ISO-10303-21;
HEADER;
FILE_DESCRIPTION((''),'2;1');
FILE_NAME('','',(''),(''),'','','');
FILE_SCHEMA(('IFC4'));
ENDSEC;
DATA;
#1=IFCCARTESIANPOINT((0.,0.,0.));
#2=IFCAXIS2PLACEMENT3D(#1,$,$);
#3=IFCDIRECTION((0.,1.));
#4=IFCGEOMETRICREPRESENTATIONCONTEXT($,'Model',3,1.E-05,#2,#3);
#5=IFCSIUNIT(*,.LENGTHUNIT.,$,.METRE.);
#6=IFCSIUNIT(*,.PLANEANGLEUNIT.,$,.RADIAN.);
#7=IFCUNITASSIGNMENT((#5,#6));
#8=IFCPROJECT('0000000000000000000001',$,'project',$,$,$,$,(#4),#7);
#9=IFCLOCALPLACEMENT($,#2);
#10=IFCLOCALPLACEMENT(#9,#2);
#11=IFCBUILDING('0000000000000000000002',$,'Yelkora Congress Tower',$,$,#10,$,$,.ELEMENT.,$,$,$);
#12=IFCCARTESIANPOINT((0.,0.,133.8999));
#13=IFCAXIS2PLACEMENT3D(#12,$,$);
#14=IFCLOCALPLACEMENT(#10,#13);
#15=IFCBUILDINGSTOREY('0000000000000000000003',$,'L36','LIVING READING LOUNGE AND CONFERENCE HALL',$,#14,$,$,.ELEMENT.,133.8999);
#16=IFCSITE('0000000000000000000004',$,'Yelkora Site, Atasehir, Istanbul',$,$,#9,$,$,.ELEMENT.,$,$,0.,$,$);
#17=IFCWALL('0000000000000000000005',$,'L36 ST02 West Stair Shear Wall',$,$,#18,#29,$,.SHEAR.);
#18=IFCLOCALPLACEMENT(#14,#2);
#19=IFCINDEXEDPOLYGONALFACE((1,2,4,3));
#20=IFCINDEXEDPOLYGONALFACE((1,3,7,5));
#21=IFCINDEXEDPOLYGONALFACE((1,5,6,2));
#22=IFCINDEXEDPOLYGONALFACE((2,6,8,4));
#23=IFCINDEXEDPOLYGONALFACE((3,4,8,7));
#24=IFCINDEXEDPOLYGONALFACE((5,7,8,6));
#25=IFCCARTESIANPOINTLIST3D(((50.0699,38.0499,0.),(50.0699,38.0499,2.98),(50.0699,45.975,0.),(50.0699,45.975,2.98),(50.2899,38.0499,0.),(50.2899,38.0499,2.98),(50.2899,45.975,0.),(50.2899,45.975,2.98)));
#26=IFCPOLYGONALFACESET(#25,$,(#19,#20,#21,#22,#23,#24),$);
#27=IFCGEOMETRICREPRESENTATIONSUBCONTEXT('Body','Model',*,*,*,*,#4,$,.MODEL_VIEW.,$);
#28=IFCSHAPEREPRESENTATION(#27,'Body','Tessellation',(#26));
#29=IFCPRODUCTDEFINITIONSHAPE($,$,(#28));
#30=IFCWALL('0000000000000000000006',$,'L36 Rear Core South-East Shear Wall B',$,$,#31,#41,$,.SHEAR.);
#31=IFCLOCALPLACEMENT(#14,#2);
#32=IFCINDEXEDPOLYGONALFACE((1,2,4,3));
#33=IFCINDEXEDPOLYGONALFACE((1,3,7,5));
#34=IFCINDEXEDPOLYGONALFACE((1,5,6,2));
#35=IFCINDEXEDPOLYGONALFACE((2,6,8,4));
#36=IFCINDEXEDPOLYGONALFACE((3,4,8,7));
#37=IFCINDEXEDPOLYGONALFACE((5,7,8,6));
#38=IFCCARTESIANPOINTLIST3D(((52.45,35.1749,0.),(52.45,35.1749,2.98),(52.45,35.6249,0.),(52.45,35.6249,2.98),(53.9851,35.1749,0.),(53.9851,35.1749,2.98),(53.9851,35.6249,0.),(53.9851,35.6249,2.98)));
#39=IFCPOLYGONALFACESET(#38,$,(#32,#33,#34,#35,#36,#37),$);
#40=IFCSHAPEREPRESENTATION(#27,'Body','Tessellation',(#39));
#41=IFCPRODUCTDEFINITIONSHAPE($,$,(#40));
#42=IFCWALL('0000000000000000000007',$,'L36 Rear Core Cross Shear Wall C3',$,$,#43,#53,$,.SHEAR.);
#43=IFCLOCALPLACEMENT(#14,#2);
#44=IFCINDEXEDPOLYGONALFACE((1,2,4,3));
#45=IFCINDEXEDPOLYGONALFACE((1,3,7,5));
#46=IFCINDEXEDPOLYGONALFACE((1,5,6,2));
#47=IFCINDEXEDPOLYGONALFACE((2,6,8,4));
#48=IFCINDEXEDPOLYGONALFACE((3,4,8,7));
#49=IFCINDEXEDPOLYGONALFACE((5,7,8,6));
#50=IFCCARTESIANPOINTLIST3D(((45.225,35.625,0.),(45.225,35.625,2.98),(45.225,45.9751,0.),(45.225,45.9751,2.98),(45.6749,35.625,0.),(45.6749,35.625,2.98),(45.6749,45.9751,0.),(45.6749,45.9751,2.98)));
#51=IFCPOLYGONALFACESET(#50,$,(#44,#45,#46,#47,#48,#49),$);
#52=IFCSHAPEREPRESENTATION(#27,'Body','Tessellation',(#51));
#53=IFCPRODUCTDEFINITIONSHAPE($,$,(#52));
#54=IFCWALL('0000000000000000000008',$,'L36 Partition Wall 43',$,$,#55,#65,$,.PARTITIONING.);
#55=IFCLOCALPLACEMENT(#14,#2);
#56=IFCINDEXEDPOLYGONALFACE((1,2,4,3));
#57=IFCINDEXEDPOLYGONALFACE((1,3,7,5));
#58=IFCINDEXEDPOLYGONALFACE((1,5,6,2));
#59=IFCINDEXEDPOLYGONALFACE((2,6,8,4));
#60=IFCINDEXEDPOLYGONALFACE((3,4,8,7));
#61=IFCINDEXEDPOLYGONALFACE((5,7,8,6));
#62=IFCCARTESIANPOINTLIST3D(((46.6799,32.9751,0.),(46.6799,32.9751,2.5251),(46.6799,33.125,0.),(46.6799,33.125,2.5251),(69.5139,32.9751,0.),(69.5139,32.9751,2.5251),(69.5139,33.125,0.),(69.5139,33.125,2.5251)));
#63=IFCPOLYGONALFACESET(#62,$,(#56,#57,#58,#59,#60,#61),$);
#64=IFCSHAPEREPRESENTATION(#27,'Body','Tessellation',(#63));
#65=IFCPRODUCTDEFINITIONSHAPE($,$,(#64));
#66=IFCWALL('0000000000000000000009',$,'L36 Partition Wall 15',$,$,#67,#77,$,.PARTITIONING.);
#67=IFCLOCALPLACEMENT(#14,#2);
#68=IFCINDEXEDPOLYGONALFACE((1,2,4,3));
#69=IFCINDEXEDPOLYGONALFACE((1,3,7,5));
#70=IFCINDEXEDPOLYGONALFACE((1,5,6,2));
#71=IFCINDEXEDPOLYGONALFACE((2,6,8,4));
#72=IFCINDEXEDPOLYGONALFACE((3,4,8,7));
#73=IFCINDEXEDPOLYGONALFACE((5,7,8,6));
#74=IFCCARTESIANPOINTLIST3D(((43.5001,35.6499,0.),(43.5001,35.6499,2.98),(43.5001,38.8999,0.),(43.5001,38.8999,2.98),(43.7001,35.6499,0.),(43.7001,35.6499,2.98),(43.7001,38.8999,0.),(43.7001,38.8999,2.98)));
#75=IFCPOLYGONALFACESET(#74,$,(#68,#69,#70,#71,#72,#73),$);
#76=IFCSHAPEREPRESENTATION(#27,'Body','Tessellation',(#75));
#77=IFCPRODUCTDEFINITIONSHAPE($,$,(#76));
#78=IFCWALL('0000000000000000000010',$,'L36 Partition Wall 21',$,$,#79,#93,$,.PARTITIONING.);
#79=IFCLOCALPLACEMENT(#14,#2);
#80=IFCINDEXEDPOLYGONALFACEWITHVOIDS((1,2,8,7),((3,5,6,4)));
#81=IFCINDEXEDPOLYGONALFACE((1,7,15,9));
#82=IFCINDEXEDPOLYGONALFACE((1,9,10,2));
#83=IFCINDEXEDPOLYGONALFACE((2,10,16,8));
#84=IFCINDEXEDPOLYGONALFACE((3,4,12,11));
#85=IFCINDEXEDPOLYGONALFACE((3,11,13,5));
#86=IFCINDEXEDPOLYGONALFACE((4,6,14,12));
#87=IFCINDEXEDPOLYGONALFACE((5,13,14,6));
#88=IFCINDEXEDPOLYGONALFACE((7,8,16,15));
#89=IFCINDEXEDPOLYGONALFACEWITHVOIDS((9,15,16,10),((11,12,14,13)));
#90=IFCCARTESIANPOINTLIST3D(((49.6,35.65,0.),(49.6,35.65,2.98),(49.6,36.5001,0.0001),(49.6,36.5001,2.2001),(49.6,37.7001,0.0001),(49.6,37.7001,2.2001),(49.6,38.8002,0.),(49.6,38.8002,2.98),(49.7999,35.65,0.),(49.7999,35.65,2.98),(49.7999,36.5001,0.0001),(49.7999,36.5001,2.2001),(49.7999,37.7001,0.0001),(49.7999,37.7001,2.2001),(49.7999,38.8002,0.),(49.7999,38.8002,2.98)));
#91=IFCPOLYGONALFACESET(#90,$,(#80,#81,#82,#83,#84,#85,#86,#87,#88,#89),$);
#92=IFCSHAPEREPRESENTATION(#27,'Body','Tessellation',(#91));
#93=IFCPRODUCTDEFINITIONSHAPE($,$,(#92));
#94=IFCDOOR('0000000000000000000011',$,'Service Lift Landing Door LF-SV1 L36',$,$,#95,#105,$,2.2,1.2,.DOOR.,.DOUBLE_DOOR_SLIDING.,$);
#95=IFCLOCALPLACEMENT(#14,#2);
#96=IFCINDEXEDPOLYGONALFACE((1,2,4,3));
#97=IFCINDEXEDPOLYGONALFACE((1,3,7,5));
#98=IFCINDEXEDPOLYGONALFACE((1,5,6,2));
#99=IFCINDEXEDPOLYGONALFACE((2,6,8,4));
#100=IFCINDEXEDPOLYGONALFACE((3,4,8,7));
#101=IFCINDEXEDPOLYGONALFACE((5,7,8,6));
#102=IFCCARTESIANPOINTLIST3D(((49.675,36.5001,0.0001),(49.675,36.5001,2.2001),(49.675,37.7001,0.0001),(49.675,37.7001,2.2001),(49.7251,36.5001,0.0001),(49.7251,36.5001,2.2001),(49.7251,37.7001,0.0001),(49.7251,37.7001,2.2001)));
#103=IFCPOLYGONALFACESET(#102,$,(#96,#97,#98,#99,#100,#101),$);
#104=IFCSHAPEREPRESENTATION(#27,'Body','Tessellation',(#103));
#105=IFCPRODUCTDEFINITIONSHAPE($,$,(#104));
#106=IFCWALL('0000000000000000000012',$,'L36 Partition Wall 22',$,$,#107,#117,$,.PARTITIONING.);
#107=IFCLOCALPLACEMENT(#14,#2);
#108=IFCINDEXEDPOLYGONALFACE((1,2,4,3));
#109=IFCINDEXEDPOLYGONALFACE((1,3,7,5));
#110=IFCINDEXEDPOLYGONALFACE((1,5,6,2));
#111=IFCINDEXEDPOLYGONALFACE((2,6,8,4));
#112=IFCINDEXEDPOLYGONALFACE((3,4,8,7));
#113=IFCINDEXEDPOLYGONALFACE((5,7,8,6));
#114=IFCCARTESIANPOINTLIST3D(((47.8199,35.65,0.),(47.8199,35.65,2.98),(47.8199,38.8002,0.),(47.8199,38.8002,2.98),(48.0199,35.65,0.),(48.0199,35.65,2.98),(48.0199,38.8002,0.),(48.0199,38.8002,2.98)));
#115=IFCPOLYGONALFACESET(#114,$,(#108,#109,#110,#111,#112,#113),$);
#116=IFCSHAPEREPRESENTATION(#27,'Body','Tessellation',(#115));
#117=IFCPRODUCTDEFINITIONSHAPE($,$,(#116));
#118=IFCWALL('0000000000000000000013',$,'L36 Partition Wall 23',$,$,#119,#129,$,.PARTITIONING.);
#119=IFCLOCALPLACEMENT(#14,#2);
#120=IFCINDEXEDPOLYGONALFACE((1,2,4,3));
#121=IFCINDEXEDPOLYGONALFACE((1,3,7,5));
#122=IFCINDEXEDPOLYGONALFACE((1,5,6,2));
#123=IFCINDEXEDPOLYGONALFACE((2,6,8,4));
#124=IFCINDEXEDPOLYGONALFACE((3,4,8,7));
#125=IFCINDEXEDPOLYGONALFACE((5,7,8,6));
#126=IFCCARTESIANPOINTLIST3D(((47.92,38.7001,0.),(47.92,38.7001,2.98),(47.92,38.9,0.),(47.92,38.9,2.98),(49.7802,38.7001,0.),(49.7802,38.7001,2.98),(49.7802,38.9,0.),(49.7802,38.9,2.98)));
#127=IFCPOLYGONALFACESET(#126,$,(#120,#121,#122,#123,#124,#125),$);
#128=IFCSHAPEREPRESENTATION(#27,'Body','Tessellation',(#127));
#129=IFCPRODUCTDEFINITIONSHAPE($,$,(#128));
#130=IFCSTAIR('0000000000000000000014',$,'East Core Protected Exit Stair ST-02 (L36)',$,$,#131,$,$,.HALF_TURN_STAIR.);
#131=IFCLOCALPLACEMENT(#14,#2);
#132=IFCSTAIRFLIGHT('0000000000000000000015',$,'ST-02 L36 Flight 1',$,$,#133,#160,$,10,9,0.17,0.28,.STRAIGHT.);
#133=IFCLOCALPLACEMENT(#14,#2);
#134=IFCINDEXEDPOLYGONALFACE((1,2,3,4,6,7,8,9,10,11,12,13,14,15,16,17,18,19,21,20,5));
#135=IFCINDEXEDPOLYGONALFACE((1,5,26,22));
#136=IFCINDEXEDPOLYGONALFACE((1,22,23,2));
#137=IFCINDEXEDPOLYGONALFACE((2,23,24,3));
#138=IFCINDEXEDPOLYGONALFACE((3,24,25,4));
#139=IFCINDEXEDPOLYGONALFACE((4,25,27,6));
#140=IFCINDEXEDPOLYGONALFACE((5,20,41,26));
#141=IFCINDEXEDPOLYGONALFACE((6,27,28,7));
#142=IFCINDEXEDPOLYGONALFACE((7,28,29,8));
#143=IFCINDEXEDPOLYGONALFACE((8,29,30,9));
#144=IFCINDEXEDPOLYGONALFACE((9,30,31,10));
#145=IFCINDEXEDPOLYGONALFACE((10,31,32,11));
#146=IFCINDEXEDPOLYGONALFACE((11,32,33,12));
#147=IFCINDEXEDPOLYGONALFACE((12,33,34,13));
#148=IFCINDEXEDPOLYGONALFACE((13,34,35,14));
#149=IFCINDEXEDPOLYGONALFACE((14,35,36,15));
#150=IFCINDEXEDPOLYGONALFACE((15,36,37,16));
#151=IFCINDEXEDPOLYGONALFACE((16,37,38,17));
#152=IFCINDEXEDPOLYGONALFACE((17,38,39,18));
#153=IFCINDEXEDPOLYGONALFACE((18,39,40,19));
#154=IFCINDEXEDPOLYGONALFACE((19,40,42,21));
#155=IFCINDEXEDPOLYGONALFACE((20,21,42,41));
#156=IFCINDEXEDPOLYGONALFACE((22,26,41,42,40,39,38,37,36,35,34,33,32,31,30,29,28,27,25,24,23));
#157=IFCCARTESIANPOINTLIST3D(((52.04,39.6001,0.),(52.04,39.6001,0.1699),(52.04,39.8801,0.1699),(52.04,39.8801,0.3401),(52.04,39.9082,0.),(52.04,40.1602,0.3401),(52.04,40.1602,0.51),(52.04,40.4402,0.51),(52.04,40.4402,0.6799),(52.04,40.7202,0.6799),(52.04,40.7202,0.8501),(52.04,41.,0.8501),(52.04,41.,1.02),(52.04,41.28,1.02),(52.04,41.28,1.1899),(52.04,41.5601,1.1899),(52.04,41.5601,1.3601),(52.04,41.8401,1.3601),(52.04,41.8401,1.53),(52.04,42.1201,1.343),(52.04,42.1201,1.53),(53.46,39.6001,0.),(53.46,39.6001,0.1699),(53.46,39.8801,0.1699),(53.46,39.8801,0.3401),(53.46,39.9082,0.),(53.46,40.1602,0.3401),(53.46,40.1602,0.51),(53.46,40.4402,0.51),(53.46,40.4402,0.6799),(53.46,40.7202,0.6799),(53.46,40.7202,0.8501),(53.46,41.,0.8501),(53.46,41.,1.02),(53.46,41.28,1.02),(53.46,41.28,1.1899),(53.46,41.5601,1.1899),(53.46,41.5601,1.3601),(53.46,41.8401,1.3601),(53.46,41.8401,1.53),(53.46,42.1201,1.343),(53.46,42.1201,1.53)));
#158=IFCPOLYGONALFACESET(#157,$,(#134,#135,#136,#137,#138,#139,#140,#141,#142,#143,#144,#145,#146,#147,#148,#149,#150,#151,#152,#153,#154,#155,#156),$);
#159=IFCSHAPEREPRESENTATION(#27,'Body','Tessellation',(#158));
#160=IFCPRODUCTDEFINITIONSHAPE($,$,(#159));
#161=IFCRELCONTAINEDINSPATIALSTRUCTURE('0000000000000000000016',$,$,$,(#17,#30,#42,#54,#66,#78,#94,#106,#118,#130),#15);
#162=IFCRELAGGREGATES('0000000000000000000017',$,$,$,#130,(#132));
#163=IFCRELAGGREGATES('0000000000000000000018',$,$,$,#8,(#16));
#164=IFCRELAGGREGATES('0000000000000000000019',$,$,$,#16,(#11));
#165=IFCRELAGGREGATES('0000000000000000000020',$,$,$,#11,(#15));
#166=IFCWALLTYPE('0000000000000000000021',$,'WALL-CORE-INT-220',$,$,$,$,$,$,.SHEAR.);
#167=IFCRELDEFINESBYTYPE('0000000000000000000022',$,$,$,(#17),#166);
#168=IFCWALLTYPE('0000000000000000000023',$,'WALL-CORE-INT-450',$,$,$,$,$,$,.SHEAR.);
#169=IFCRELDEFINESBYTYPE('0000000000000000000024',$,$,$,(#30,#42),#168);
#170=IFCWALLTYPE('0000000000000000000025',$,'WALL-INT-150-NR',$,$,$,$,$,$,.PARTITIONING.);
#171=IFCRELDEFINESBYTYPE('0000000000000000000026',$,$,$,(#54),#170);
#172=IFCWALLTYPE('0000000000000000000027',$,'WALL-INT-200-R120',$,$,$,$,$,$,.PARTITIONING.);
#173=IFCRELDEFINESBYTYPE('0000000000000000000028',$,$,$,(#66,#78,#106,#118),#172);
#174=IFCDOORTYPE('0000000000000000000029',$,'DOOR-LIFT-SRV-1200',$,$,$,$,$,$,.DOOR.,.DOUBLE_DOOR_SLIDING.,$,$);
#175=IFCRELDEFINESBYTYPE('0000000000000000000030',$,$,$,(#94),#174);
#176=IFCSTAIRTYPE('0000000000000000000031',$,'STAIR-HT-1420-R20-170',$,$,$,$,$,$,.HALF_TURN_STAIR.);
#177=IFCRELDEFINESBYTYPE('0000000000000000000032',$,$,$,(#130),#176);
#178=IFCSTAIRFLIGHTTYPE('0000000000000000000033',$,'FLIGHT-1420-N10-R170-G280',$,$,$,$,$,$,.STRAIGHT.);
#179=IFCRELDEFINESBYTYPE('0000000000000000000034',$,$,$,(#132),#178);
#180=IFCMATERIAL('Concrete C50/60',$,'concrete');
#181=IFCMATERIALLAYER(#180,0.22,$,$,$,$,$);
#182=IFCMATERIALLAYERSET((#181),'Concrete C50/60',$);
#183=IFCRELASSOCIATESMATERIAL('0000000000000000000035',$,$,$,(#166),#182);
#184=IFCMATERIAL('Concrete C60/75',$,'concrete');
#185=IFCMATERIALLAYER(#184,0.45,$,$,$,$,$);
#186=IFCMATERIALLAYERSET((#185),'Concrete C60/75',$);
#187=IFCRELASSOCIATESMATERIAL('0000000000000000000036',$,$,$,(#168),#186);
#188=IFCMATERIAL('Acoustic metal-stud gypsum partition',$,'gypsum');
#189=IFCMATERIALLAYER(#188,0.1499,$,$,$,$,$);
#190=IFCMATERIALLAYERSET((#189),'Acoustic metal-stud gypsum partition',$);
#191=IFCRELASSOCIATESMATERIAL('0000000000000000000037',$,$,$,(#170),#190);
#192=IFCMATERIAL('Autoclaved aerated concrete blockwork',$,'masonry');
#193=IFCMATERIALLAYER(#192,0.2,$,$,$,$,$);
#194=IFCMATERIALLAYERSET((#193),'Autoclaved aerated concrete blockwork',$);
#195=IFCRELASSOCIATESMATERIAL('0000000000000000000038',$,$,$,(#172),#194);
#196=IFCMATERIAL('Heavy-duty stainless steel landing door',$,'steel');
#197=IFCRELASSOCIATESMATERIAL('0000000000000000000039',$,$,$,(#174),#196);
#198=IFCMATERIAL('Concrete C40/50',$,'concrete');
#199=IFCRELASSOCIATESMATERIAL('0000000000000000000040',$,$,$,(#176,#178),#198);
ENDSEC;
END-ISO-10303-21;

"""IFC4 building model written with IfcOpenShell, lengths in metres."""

from ifc_helpers import new_model, si_unit, direction, frame, frame_2d, origin, place, context, subcontext, project, spatial, polyline, rectangle, outline, extrude, material, layer, layer_set, type_object, element, fill, aggregate, save


model = new_model("IFC4")

# Units and contexts
model_context = context("Model", 3, precision=1e-05, world=origin(), true_north=direction((0.0, 1.0)))
body_context = subcontext(model_context, "Body", "Model", "MODEL_VIEW")
ifc_project = project(units=[si_unit("LENGTHUNIT", "METRE"), si_unit("PLANEANGLEUNIT", "RADIAN")], contexts=[model_context])

# Site, building, storey
site_placement = place(None, origin())
site = spatial("IfcSite", under=ifc_project, at=site_placement, Name="Yelkora Site, Atasehir, Istanbul", CompositionType="ELEMENT", RefElevation=0.0)
building_placement = place(site_placement, origin())
building = spatial("IfcBuilding", under=site, at=building_placement, Name="Yelkora Congress Tower", CompositionType="ELEMENT")
storey_placement = place(building_placement, frame((0.0, 0.0, 133.8999)))
storey = spatial("IfcBuildingStorey", under=building, at=storey_placement, Name="L36", Description="LIVING READING LOUNGE AND CONFERENCE HALL", CompositionType="ELEMENT", Elevation=133.8999)

# Wall
ifc_material_1 = material(Name="Concrete C50/60", Category="concrete")
ifc_layer_1 = layer(ifc_material_1, 0.22)
ifc_layer_set_1 = layer_set([ifc_layer_1], Name="Concrete C50/60")
wall_type_1 = type_object("IfcWallType", Name="WALL-CORE-INT-220", PredefinedType="SHEAR", material=ifc_layer_set_1)
wall_1_placement = place(storey_placement, frame((50.1799, 38.05, 0.0), z_axis=(0.0, 0.0, 1.0), x_axis=(0.0, 1.0, 0.0)))
element("IfcWall", 1, at=wall_1_placement, inside=storey, type_object=wall_type_1, Name="L36 ST02 West Stair Shear Wall", PredefinedType="SHEAR", context=body_context, shape_type="SweptSolid", body=[
    extrude(rectangle(XDim=7.925, YDim=0.22, at=frame_2d((3.9624, 0.0))), origin(), (0.0, 0.0, 1.0), 2.98),
])

# Shared definitions
ifc_material_2 = material(Name="Concrete C60/75", Category="concrete")
ifc_layer_2 = layer(ifc_material_2, 0.45)
ifc_layer_set_2 = layer_set([ifc_layer_2], Name="Concrete C60/75")
wall_type_2 = type_object("IfcWallType", Name="WALL-CORE-INT-450", PredefinedType="SHEAR", material=ifc_layer_set_2)

# Walls
wall_2_placement = place(storey_placement, frame((52.45, 35.3999, 0.0), z_axis=(0.0, 0.0, 1.0), x_axis=(1.0, 0.0, 0.0)))
element("IfcWall", 2, at=wall_2_placement, inside=storey, type_object=wall_type_2, Name="L36 Rear Core South-East Shear Wall B", PredefinedType="SHEAR", context=body_context, shape_type="SweptSolid", body=[
    extrude(rectangle(XDim=1.5352, YDim=0.45, at=frame_2d((0.7676, 0.0))), origin(), (0.0, 0.0, 1.0), 2.98),
])
wall_3_placement = place(storey_placement, frame((45.45, 35.625, 0.0), z_axis=(0.0, 0.0, 1.0), x_axis=(0.0, 1.0, 0.0)))
element("IfcWall", 3, at=wall_3_placement, inside=storey, type_object=wall_type_2, Name="L36 Rear Core Cross Shear Wall C3", PredefinedType="SHEAR", context=body_context, shape_type="SweptSolid", body=[
    extrude(rectangle(XDim=10.3501, YDim=0.45, at=frame_2d((5.175, 0.0))), origin(), (0.0, 0.0, 1.0), 2.98),
])

# Shared definitions
ifc_material_3 = material(Name="Acoustic metal-stud gypsum partition", Category="gypsum")
ifc_layer_3 = layer(ifc_material_3, 0.1499)
ifc_layer_set_3 = layer_set([ifc_layer_3], Name="Acoustic metal-stud gypsum partition")
wall_type_3 = type_object("IfcWallType", Name="WALL-INT-150-NR", PredefinedType="PARTITIONING", material=ifc_layer_set_3)

# Walls
wall_4_placement = place(storey_placement, frame((46.6799, 33.05, 0.0), z_axis=(0.0, 0.0, 1.0), x_axis=(1.0, 0.0, 0.0)))
element("IfcWall", 4, at=wall_4_placement, inside=storey, type_object=wall_type_3, Name="L36 Partition Wall 43", PredefinedType="PARTITIONING", context=body_context, shape_type="SweptSolid", body=[
    extrude(rectangle(XDim=22.834, YDim=0.1499, at=frame_2d((11.417, 0.0))), origin(), (0.0, 0.0, 1.0), 2.5251),
])
ifc_material_4 = material(Name="Autoclaved aerated concrete blockwork", Category="masonry")
ifc_layer_4 = layer(ifc_material_4, 0.2)
ifc_layer_set_4 = layer_set([ifc_layer_4], Name="Autoclaved aerated concrete blockwork")
wall_type_4 = type_object("IfcWallType", Name="WALL-INT-200-R120", PredefinedType="PARTITIONING", material=ifc_layer_set_4)
wall_5_placement = place(storey_placement, frame((43.6001, 35.6499, 0.0), z_axis=(0.0, 0.0, 1.0), x_axis=(0.0, 1.0, 0.0)))
element("IfcWall", 5, at=wall_5_placement, inside=storey, type_object=wall_type_4, Name="L36 Partition Wall 15", PredefinedType="PARTITIONING", context=body_context, shape_type="SweptSolid", body=[
    extrude(rectangle(XDim=3.25, YDim=0.2, at=frame_2d((1.625, 0.0))), origin(), (0.0, 0.0, 1.0), 2.98),
])

# Wall, opening, door
wall_6_placement = place(storey_placement, frame((49.7, 35.6499, 0.0), z_axis=(0.0, 0.0, 1.0), x_axis=(0.0, 1.0, 0.0)))
wall_6 = element("IfcWall", 6, at=wall_6_placement, inside=storey, type_object=wall_type_4, Name="L36 Partition Wall 21", PredefinedType="PARTITIONING", context=body_context, shape_type="SweptSolid", body=[
    extrude(rectangle(XDim=3.1501, YDim=0.2, at=frame_2d((1.5752, 0.0))), origin(), (0.0, 0.0, 1.0), 2.98),
])
opening_1_placement = place(wall_6_placement, frame((0.8501, 0.0, 0.0)))
opening_1 = element("IfcOpeningElement", 7, at=opening_1_placement, cuts=wall_6, PredefinedType="OPENING", context=body_context, shape_type="SweptSolid", body=[
    extrude(rectangle(XDim=1.2, YDim=2.2, at=frame_2d((0.6001, 1.1001))), frame((0.0, 0.1099, 0.0), z_axis=(0.0, -1.0, 0.0), x_axis=(1.0, 0.0, 0.0)), (0.0, 0.0, 1.0), 0.22),
])
ifc_material_5 = material(Name="Heavy-duty stainless steel landing door", Category="steel")
door_type_1 = type_object("IfcDoorType", Name="DOOR-LIFT-SRV-1200", OperationType="DOUBLE_DOOR_SLIDING", PredefinedType="DOOR", material=ifc_material_5)
door_1_placement = place(opening_1_placement, origin())
door_1 = element("IfcDoor", 8, at=door_1_placement, inside=storey, type_object=door_type_1, Name="Service Lift Landing Door LF-SV1 L36", OperationType="DOUBLE_DOOR_SLIDING", OverallHeight=2.2, OverallWidth=1.2, PredefinedType="DOOR", context=body_context, shape_type="SweptSolid", body=[
    extrude(rectangle(XDim=1.2, YDim=2.2, at=frame_2d((0.6001, 1.1001))), frame((0.0, 0.0249, 0.0), z_axis=(0.0, -1.0, 0.0), x_axis=(1.0, 0.0, 0.0)), (0.0, 0.0, 1.0), 0.05),
])
fill(opening_1, door_1)

# Walls
wall_7_placement = place(storey_placement, frame((47.9199, 35.6499, 0.0), z_axis=(0.0, 0.0, 1.0), x_axis=(0.0, 1.0, 0.0)))
element("IfcWall", 9, at=wall_7_placement, inside=storey, type_object=wall_type_4, Name="L36 Partition Wall 22", PredefinedType="PARTITIONING", context=body_context, shape_type="SweptSolid", body=[
    extrude(rectangle(XDim=3.1501, YDim=0.2, at=frame_2d((1.5752, 0.0))), origin(), (0.0, 0.0, 1.0), 2.98),
])
wall_8_placement = place(storey_placement, frame((47.9199, 38.8, 0.0), z_axis=(0.0, 0.0, 1.0), x_axis=(1.0, 0.0, 0.0)))
element("IfcWall", 10, at=wall_8_placement, inside=storey, type_object=wall_type_4, Name="L36 Partition Wall 23", PredefinedType="PARTITIONING", context=body_context, shape_type="SweptSolid", body=[
    extrude(rectangle(XDim=1.8601, YDim=0.2, at=frame_2d((0.9302, 0.0))), origin(), (0.0, 0.0, 1.0), 2.98),
])

# Stair, stair flight
ifc_material_6 = material(Name="Concrete C40/50", Category="concrete")
stair_type = type_object("IfcStairType", Name="STAIR-HT-1420-R20-170", PredefinedType="HALF_TURN_STAIR", material=ifc_material_6)
stair_placement = place(storey_placement, origin())
stair = element("IfcStair", 11, at=stair_placement, inside=storey, type_object=stair_type, Name="East Core Protected Exit Stair ST-02 (L36)", PredefinedType="HALF_TURN_STAIR")
stair_flight_type = type_object("IfcStairFlightType", Name="FLIGHT-1420-N10-R170-G280", PredefinedType="STRAIGHT", material=ifc_material_6)
stair_flight_placement = place(storey_placement, frame((52.75, 39.6001, 0.0), z_axis=(0.0, 0.0, 1.0), x_axis=(0.0, 1.0, 0.0)))
stair_flight = element("IfcStairFlight", 12, at=stair_flight_placement, type_object=stair_flight_type, Name="ST-02 L36 Flight 1", NumberOfRisers=10, NumberOfTreads=9, PredefinedType="STRAIGHT", RiserHeight=0.17, TreadLength=0.28, context=body_context, shape_type="SweptSolid", body=[
    extrude(outline(polyline([(0.0, 0.0), (0.0, 0.1699), (0.28, 0.1699), (0.28, 0.3401), (0.5601, 0.3401), (0.5601, 0.51), (0.8401, 0.51), (0.8401, 0.6799), (1.1201, 0.6799), (1.1201, 0.8501), (1.3999, 0.8501), (1.3999, 1.02), (1.6799, 1.02), (1.6799, 1.1899), (1.96, 1.1899), (1.96, 1.3601), (2.24, 1.3601), (2.24, 1.53), (2.52, 1.53), (2.52, 1.7), (2.52, 1.343), (0.3081, 0.0), (0.0, 0.0)])), frame((0.0, 0.71, 0.0), z_axis=(0.0, -1.0, 0.0), x_axis=(1.0, 0.0, 0.0)), (0.0, 0.0, 1.0), 1.4199),
])
aggregate(stair, [stair_flight])

save(model, "model.ifc")
